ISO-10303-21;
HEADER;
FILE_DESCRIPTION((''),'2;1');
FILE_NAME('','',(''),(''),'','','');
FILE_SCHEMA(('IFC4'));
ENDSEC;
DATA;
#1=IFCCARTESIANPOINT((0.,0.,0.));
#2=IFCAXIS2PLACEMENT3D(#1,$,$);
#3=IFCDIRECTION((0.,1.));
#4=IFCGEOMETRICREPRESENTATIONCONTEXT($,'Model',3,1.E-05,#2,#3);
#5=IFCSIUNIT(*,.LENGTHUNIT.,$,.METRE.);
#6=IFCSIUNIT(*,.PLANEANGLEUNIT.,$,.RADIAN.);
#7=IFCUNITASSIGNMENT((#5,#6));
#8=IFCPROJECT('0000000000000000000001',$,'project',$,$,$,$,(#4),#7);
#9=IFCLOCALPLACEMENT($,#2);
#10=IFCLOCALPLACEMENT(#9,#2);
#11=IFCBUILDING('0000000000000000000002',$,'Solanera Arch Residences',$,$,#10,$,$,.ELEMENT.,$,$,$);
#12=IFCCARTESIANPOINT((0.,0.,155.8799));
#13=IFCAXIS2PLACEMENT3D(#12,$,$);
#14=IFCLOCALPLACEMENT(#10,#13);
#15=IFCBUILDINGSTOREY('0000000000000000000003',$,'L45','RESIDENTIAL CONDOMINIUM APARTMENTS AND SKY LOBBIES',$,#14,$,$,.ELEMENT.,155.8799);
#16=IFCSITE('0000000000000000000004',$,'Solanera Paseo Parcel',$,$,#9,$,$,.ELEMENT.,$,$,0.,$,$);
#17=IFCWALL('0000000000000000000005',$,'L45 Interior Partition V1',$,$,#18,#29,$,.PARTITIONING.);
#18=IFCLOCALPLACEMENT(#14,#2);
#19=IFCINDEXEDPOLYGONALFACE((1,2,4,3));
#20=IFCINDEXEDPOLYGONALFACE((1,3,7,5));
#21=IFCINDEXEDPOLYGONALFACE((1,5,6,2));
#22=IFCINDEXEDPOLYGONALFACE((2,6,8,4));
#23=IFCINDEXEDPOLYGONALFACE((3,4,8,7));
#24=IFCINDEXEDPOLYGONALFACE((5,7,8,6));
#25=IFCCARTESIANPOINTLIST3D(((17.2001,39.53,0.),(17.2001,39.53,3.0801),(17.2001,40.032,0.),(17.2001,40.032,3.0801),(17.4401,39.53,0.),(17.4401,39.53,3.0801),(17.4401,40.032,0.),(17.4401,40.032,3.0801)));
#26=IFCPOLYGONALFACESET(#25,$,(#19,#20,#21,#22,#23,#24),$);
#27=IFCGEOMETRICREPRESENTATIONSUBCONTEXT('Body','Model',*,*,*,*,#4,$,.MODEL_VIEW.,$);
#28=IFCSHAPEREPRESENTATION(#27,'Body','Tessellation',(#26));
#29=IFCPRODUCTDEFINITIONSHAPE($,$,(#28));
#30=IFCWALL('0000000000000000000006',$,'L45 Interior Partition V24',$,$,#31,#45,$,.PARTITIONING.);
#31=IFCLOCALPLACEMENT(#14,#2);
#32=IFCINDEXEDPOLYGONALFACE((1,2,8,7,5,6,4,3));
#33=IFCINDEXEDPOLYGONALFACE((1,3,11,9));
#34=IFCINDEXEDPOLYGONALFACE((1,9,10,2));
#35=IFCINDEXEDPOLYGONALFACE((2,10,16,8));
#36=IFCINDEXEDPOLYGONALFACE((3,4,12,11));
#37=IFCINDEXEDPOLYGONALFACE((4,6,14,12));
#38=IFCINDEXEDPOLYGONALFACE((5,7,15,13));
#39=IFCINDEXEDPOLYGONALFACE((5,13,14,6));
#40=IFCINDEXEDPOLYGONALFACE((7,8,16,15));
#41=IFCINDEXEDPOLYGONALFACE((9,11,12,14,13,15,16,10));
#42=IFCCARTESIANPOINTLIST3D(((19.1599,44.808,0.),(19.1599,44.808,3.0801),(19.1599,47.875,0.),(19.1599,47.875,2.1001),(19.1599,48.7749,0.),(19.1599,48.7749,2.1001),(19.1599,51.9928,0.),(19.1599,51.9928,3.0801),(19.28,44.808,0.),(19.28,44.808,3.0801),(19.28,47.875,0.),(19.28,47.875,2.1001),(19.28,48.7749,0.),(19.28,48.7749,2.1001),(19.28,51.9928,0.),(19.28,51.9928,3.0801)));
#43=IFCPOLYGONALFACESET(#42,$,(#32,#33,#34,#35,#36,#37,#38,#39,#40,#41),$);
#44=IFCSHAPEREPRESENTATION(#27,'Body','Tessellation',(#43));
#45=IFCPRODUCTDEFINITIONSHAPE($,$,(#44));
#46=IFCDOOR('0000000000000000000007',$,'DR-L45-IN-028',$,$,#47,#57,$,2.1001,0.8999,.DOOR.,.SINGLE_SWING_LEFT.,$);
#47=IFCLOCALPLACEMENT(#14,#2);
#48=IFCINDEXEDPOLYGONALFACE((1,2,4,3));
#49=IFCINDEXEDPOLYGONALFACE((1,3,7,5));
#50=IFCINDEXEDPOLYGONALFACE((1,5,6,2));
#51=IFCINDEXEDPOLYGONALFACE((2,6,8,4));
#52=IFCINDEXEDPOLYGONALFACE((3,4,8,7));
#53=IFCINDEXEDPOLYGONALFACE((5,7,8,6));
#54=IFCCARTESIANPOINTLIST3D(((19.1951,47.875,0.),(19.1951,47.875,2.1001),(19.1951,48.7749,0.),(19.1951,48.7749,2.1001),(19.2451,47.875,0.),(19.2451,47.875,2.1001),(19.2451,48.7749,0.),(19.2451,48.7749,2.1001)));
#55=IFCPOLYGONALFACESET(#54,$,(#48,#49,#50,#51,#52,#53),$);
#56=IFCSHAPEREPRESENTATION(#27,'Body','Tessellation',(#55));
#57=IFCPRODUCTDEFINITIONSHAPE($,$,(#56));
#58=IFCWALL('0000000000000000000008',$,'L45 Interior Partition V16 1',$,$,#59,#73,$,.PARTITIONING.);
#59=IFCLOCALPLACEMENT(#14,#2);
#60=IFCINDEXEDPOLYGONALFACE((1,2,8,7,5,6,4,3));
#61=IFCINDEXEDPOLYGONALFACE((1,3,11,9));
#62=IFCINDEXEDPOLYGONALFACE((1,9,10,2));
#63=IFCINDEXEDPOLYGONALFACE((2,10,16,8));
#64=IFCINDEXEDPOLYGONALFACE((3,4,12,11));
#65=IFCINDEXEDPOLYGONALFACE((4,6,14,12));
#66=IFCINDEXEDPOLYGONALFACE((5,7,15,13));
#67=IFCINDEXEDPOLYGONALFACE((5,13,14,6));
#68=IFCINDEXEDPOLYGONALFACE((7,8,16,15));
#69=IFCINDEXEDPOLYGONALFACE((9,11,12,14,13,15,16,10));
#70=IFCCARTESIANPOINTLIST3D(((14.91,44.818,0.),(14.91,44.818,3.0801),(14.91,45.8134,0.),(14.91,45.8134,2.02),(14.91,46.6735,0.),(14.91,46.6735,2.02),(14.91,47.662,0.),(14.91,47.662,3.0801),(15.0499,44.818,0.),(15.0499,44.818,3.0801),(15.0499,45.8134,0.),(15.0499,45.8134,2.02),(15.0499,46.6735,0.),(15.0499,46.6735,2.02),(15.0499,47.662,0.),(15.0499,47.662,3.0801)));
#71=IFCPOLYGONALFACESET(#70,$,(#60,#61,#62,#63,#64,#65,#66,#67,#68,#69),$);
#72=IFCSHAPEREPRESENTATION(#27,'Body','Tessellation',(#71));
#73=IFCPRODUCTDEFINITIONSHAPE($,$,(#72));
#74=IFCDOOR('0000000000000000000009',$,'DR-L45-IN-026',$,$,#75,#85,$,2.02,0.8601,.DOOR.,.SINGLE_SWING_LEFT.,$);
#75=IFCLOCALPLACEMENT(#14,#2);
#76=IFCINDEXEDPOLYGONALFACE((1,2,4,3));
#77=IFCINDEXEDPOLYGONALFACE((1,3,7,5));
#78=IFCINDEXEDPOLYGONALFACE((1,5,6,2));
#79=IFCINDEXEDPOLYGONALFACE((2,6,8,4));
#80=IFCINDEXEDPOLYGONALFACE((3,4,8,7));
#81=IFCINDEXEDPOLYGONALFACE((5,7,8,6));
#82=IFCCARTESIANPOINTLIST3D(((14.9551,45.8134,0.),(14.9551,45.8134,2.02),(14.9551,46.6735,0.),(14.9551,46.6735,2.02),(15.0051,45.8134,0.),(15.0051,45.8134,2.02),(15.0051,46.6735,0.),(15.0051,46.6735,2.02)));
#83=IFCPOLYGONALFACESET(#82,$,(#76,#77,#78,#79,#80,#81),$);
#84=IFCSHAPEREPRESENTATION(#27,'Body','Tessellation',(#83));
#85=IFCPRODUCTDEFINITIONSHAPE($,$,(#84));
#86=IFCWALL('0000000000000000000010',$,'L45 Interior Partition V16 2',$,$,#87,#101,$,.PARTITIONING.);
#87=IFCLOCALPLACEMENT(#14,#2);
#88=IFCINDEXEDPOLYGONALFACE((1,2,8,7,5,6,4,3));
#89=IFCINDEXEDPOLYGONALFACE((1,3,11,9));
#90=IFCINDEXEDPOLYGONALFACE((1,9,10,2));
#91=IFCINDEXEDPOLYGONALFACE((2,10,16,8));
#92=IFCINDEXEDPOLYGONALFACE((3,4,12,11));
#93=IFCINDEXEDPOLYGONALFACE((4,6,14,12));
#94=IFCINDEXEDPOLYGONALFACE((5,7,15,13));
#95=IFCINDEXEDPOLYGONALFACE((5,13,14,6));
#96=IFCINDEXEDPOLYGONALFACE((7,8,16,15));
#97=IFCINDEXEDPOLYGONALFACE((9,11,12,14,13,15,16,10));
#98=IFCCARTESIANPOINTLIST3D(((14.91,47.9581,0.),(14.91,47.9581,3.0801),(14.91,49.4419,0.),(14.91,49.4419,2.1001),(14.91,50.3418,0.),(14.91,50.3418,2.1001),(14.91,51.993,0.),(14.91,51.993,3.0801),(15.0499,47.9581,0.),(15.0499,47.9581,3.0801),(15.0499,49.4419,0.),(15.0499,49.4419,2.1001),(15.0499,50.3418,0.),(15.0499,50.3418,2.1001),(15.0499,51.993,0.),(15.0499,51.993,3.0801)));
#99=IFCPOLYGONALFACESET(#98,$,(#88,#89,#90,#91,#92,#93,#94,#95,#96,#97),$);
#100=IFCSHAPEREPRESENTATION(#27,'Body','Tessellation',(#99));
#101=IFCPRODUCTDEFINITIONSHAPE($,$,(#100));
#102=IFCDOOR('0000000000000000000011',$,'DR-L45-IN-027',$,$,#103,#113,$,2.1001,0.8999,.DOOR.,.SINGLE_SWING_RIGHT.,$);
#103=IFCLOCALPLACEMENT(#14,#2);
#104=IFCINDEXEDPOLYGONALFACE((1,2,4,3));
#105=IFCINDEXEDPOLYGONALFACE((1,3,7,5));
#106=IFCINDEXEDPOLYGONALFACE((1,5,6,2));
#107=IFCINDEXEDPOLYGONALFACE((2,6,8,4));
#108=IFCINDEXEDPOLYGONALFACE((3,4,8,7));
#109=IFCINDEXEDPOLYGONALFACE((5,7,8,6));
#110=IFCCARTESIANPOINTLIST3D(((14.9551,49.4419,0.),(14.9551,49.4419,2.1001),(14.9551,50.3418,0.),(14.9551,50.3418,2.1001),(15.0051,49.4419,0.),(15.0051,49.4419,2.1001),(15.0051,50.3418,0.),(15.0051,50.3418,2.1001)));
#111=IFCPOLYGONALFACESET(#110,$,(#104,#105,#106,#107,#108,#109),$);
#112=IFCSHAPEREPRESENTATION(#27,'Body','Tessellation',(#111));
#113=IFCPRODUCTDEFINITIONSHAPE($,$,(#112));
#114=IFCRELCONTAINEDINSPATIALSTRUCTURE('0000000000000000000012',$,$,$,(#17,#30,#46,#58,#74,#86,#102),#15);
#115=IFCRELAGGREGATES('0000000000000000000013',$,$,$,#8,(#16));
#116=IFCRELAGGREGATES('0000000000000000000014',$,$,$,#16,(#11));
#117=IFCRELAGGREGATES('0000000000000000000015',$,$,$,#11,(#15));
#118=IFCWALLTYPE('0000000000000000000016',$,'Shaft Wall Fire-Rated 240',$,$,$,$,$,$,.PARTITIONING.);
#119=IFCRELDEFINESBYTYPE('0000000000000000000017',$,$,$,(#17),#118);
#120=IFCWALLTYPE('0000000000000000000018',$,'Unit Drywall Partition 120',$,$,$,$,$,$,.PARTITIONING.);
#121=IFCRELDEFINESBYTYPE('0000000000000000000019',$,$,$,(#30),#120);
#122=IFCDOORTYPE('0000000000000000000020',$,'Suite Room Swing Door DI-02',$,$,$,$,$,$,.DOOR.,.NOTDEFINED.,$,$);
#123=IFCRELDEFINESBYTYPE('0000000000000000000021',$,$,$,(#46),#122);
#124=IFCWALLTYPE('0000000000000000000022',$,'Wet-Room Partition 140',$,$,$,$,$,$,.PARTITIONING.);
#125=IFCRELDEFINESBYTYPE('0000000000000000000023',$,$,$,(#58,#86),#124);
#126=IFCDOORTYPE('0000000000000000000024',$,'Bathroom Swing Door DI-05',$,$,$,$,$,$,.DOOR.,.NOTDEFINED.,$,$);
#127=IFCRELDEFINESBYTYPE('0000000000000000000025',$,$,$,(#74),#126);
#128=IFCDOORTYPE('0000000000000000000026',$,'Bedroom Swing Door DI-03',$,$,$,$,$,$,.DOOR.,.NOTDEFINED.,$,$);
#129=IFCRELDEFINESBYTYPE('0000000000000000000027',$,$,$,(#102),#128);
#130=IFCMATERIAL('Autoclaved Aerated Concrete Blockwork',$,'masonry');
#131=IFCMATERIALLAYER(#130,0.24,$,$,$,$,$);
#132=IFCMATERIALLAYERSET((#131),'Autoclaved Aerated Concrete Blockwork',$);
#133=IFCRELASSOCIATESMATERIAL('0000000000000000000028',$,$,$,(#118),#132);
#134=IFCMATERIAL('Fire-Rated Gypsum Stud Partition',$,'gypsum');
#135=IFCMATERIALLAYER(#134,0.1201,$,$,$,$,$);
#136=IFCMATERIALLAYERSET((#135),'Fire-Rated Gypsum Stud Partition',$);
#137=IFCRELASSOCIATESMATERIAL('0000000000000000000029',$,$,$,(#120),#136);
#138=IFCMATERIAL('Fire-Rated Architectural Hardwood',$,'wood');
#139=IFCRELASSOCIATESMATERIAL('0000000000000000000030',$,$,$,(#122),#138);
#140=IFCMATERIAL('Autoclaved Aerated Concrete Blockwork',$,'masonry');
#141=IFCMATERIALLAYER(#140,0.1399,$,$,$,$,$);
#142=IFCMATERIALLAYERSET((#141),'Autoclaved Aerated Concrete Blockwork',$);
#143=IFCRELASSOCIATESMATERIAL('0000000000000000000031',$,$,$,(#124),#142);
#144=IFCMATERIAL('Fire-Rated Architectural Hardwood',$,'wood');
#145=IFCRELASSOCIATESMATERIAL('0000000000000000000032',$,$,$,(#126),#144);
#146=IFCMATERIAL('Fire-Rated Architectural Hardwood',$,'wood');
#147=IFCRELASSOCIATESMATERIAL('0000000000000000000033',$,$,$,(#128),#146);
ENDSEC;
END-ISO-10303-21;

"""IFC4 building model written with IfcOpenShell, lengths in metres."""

from ifc_helpers import new_model, si_unit, direction, frame, frame_2d, origin, place, context, subcontext, project, spatial, rectangle, extrude, material, layer, layer_set, type_object, element, fill, save


model = new_model("IFC4")

# Units and contexts
model_context = context("Model", 3, precision=1e-05, world=origin(), true_north=direction((0.0, 1.0)))
body_context = subcontext(model_context, "Body", "Model", "MODEL_VIEW")
ifc_project = project(units=[si_unit("LENGTHUNIT", "METRE"), si_unit("PLANEANGLEUNIT", "RADIAN")], contexts=[model_context])

# Site, building, storey
site_placement = place(None, origin())
site = spatial("IfcSite", under=ifc_project, at=site_placement, Name="Solanera Paseo Parcel", CompositionType="ELEMENT", RefElevation=0.0)
building_placement = place(site_placement, origin())
building = spatial("IfcBuilding", under=site, at=building_placement, Name="Solanera Arch Residences", CompositionType="ELEMENT")
storey_placement = place(building_placement, frame((0.0, 0.0, 155.8799)))
storey = spatial("IfcBuildingStorey", under=building, at=storey_placement, Name="L45", Description="RESIDENTIAL CONDOMINIUM APARTMENTS AND SKY LOBBIES", CompositionType="ELEMENT", Elevation=155.8799)

# Wall
ifc_material_1 = material(Name="Autoclaved Aerated Concrete Blockwork", Category="masonry")
ifc_layer_1 = layer(ifc_material_1, 0.24)
ifc_layer_set_1 = layer_set([ifc_layer_1], Name="Autoclaved Aerated Concrete Blockwork")
wall_type_1 = type_object("IfcWallType", Name="Shaft Wall Fire-Rated 240", PredefinedType="PARTITIONING", material=ifc_layer_set_1)
wall_1_placement = place(storey_placement, frame((17.3201, 39.53, 0.0), z_axis=(0.0, 0.0, 1.0), x_axis=(0.0, 1.0, 0.0)))
element("IfcWall", 1, at=wall_1_placement, inside=storey, type_object=wall_type_1, Name="L45 Interior Partition V1", PredefinedType="PARTITIONING", context=body_context, shape_type="SweptSolid", body=[
    extrude(rectangle(XDim=0.502, YDim=0.24, at=frame_2d((0.251, 0.0))), origin(), (0.0, 0.0, 1.0), 3.0801),
])

# Walls, openings, doors
ifc_material_2 = material(Name="Fire-Rated Gypsum Stud Partition", Category="gypsum")
ifc_layer_2 = layer(ifc_material_2, 0.1201)
ifc_layer_set_2 = layer_set([ifc_layer_2], Name="Fire-Rated Gypsum Stud Partition")
wall_type_2 = type_object("IfcWallType", Name="Unit Drywall Partition 120", PredefinedType="PARTITIONING", material=ifc_layer_set_2)
wall_2_placement = place(storey_placement, frame((19.22, 44.8081, 0.0), z_axis=(0.0, 0.0, 1.0), x_axis=(0.0, 1.0, 0.0)))
wall_2 = element("IfcWall", 2, at=wall_2_placement, inside=storey, type_object=wall_type_2, Name="L45 Interior Partition V24", PredefinedType="PARTITIONING", context=body_context, shape_type="SweptSolid", body=[
    extrude(rectangle(XDim=7.1848, YDim=0.1201, at=frame_2d((3.5923, 0.0))), origin(), (0.0, 0.0, 1.0), 3.0801),
])
opening_1_placement = place(wall_2_placement, frame((3.0669, 0.0, 0.0)))
opening_1 = element("IfcOpeningElement", 3, at=opening_1_placement, cuts=wall_2, PredefinedType="OPENING", context=body_context, shape_type="SweptSolid", body=[
    extrude(rectangle(XDim=0.8999, YDim=2.1001, at=frame_2d((0.45, 1.05))), frame((0.0, 0.0701, 0.0), z_axis=(0.0, -1.0, 0.0), x_axis=(1.0, 0.0, 0.0)), (0.0, 0.0, 1.0), 0.1401),
])
ifc_material_3 = material(Name="Fire-Rated Architectural Hardwood", Category="wood")
door_type_1 = type_object("IfcDoorType", Name="Suite Room Swing Door DI-02", OperationType="NOTDEFINED", PredefinedType="DOOR", material=ifc_material_3)
door_1_placement = place(opening_1_placement, origin())
door_1 = element("IfcDoor", 4, at=door_1_placement, inside=storey, type_object=door_type_1, Name="DR-L45-IN-028", OperationType="SINGLE_SWING_LEFT", OverallHeight=2.1001, OverallWidth=0.8999, PredefinedType="DOOR", context=body_context, shape_type="SweptSolid", body=[
    extrude(rectangle(XDim=0.8999, YDim=2.1001, at=frame_2d((0.45, 1.05))), frame((0.0, 0.0249, 0.0), z_axis=(0.0, -1.0, 0.0), x_axis=(1.0, 0.0, 0.0)), (0.0, 0.0, 1.0), 0.05),
])
fill(opening_1, door_1)
ifc_material_4 = material(Name="Autoclaved Aerated Concrete Blockwork", Category="masonry")
ifc_layer_3 = layer(ifc_material_4, 0.1399)
ifc_layer_set_3 = layer_set([ifc_layer_3], Name="Autoclaved Aerated Concrete Blockwork")
wall_type_3 = type_object("IfcWallType", Name="Wet-Room Partition 140", PredefinedType="PARTITIONING", material=ifc_layer_set_3)
wall_3_placement = place(storey_placement, frame((14.98, 44.8181, 0.0), z_axis=(0.0, 0.0, 1.0), x_axis=(0.0, 1.0, 0.0)))
wall_3 = element("IfcWall", 5, at=wall_3_placement, inside=storey, type_object=wall_type_3, Name="L45 Interior Partition V16 1", PredefinedType="PARTITIONING", context=body_context, shape_type="SweptSolid", body=[
    extrude(rectangle(XDim=2.844, YDim=0.1399, at=frame_2d((1.4219, 0.0))), origin(), (0.0, 0.0, 1.0), 3.0801),
])
opening_2_placement = place(wall_3_placement, frame((0.9951, 0.0, 0.0)))
opening_2 = element("IfcOpeningElement", 6, at=opening_2_placement, cuts=wall_3, PredefinedType="OPENING", context=body_context, shape_type="SweptSolid", body=[
    extrude(rectangle(XDim=0.8601, YDim=2.02, at=frame_2d((0.4302, 1.01))), frame((0.0, 0.0798, 0.0), z_axis=(0.0, -1.0, 0.0), x_axis=(1.0, 0.0, 0.0)), (0.0, 0.0, 1.0), 0.1599),
])
ifc_material_5 = material(Name="Fire-Rated Architectural Hardwood", Category="wood")
door_type_2 = type_object("IfcDoorType", Name="Bathroom Swing Door DI-05", OperationType="NOTDEFINED", PredefinedType="DOOR", material=ifc_material_5)
door_2_placement = place(opening_2_placement, origin())
door_2 = element("IfcDoor", 7, at=door_2_placement, inside=storey, type_object=door_type_2, Name="DR-L45-IN-026", OperationType="SINGLE_SWING_LEFT", OverallHeight=2.02, OverallWidth=0.8601, PredefinedType="DOOR", context=body_context, shape_type="SweptSolid", body=[
    extrude(rectangle(XDim=0.8601, YDim=2.02, at=frame_2d((0.4302, 1.01))), frame((0.0, 0.0249, 0.0), z_axis=(0.0, -1.0, 0.0), x_axis=(1.0, 0.0, 0.0)), (0.0, 0.0, 1.0), 0.05),
])
fill(opening_2, door_2)
wall_4_placement = place(storey_placement, frame((14.98, 47.958, 0.0), z_axis=(0.0, 0.0, 1.0), x_axis=(0.0, 1.0, 0.0)))
wall_4 = element("IfcWall", 8, at=wall_4_placement, inside=storey, type_object=wall_type_3, Name="L45 Interior Partition V16 2", PredefinedType="PARTITIONING", context=body_context, shape_type="SweptSolid", body=[
    extrude(rectangle(XDim=4.0349, YDim=0.1399, at=frame_2d((2.0176, 0.0))), origin(), (0.0, 0.0, 1.0), 3.0801),
])
opening_3_placement = place(wall_4_placement, frame((1.4839, 0.0, 0.0)))
opening_3 = element("IfcOpeningElement", 9, at=opening_3_placement, cuts=wall_4, PredefinedType="OPENING", context=body_context, shape_type="SweptSolid", body=[
    extrude(rectangle(XDim=0.8999, YDim=2.1001, at=frame_2d((0.45, 1.05))), frame((0.0, 0.0798, 0.0), z_axis=(0.0, -1.0, 0.0), x_axis=(1.0, 0.0, 0.0)), (0.0, 0.0, 1.0), 0.1599),
])
ifc_material_6 = material(Name="Fire-Rated Architectural Hardwood", Category="wood")
door_type_3 = type_object("IfcDoorType", Name="Bedroom Swing Door DI-03", OperationType="NOTDEFINED", PredefinedType="DOOR", material=ifc_material_6)
door_3_placement = place(opening_3_placement, origin())
door_3 = element("IfcDoor", 10, at=door_3_placement, inside=storey, type_object=door_type_3, Name="DR-L45-IN-027", OperationType="SINGLE_SWING_RIGHT", OverallHeight=2.1001, OverallWidth=0.8999, PredefinedType="DOOR", context=body_context, shape_type="SweptSolid", body=[
    extrude(rectangle(XDim=0.8999, YDim=2.1001, at=frame_2d((0.45, 1.05))), frame((0.0, 0.0249, 0.0), z_axis=(0.0, -1.0, 0.0), x_axis=(1.0, 0.0, 0.0)), (0.0, 0.0, 1.0), 0.05),
])
fill(opening_3, door_3)

save(model, "model.ifc")
